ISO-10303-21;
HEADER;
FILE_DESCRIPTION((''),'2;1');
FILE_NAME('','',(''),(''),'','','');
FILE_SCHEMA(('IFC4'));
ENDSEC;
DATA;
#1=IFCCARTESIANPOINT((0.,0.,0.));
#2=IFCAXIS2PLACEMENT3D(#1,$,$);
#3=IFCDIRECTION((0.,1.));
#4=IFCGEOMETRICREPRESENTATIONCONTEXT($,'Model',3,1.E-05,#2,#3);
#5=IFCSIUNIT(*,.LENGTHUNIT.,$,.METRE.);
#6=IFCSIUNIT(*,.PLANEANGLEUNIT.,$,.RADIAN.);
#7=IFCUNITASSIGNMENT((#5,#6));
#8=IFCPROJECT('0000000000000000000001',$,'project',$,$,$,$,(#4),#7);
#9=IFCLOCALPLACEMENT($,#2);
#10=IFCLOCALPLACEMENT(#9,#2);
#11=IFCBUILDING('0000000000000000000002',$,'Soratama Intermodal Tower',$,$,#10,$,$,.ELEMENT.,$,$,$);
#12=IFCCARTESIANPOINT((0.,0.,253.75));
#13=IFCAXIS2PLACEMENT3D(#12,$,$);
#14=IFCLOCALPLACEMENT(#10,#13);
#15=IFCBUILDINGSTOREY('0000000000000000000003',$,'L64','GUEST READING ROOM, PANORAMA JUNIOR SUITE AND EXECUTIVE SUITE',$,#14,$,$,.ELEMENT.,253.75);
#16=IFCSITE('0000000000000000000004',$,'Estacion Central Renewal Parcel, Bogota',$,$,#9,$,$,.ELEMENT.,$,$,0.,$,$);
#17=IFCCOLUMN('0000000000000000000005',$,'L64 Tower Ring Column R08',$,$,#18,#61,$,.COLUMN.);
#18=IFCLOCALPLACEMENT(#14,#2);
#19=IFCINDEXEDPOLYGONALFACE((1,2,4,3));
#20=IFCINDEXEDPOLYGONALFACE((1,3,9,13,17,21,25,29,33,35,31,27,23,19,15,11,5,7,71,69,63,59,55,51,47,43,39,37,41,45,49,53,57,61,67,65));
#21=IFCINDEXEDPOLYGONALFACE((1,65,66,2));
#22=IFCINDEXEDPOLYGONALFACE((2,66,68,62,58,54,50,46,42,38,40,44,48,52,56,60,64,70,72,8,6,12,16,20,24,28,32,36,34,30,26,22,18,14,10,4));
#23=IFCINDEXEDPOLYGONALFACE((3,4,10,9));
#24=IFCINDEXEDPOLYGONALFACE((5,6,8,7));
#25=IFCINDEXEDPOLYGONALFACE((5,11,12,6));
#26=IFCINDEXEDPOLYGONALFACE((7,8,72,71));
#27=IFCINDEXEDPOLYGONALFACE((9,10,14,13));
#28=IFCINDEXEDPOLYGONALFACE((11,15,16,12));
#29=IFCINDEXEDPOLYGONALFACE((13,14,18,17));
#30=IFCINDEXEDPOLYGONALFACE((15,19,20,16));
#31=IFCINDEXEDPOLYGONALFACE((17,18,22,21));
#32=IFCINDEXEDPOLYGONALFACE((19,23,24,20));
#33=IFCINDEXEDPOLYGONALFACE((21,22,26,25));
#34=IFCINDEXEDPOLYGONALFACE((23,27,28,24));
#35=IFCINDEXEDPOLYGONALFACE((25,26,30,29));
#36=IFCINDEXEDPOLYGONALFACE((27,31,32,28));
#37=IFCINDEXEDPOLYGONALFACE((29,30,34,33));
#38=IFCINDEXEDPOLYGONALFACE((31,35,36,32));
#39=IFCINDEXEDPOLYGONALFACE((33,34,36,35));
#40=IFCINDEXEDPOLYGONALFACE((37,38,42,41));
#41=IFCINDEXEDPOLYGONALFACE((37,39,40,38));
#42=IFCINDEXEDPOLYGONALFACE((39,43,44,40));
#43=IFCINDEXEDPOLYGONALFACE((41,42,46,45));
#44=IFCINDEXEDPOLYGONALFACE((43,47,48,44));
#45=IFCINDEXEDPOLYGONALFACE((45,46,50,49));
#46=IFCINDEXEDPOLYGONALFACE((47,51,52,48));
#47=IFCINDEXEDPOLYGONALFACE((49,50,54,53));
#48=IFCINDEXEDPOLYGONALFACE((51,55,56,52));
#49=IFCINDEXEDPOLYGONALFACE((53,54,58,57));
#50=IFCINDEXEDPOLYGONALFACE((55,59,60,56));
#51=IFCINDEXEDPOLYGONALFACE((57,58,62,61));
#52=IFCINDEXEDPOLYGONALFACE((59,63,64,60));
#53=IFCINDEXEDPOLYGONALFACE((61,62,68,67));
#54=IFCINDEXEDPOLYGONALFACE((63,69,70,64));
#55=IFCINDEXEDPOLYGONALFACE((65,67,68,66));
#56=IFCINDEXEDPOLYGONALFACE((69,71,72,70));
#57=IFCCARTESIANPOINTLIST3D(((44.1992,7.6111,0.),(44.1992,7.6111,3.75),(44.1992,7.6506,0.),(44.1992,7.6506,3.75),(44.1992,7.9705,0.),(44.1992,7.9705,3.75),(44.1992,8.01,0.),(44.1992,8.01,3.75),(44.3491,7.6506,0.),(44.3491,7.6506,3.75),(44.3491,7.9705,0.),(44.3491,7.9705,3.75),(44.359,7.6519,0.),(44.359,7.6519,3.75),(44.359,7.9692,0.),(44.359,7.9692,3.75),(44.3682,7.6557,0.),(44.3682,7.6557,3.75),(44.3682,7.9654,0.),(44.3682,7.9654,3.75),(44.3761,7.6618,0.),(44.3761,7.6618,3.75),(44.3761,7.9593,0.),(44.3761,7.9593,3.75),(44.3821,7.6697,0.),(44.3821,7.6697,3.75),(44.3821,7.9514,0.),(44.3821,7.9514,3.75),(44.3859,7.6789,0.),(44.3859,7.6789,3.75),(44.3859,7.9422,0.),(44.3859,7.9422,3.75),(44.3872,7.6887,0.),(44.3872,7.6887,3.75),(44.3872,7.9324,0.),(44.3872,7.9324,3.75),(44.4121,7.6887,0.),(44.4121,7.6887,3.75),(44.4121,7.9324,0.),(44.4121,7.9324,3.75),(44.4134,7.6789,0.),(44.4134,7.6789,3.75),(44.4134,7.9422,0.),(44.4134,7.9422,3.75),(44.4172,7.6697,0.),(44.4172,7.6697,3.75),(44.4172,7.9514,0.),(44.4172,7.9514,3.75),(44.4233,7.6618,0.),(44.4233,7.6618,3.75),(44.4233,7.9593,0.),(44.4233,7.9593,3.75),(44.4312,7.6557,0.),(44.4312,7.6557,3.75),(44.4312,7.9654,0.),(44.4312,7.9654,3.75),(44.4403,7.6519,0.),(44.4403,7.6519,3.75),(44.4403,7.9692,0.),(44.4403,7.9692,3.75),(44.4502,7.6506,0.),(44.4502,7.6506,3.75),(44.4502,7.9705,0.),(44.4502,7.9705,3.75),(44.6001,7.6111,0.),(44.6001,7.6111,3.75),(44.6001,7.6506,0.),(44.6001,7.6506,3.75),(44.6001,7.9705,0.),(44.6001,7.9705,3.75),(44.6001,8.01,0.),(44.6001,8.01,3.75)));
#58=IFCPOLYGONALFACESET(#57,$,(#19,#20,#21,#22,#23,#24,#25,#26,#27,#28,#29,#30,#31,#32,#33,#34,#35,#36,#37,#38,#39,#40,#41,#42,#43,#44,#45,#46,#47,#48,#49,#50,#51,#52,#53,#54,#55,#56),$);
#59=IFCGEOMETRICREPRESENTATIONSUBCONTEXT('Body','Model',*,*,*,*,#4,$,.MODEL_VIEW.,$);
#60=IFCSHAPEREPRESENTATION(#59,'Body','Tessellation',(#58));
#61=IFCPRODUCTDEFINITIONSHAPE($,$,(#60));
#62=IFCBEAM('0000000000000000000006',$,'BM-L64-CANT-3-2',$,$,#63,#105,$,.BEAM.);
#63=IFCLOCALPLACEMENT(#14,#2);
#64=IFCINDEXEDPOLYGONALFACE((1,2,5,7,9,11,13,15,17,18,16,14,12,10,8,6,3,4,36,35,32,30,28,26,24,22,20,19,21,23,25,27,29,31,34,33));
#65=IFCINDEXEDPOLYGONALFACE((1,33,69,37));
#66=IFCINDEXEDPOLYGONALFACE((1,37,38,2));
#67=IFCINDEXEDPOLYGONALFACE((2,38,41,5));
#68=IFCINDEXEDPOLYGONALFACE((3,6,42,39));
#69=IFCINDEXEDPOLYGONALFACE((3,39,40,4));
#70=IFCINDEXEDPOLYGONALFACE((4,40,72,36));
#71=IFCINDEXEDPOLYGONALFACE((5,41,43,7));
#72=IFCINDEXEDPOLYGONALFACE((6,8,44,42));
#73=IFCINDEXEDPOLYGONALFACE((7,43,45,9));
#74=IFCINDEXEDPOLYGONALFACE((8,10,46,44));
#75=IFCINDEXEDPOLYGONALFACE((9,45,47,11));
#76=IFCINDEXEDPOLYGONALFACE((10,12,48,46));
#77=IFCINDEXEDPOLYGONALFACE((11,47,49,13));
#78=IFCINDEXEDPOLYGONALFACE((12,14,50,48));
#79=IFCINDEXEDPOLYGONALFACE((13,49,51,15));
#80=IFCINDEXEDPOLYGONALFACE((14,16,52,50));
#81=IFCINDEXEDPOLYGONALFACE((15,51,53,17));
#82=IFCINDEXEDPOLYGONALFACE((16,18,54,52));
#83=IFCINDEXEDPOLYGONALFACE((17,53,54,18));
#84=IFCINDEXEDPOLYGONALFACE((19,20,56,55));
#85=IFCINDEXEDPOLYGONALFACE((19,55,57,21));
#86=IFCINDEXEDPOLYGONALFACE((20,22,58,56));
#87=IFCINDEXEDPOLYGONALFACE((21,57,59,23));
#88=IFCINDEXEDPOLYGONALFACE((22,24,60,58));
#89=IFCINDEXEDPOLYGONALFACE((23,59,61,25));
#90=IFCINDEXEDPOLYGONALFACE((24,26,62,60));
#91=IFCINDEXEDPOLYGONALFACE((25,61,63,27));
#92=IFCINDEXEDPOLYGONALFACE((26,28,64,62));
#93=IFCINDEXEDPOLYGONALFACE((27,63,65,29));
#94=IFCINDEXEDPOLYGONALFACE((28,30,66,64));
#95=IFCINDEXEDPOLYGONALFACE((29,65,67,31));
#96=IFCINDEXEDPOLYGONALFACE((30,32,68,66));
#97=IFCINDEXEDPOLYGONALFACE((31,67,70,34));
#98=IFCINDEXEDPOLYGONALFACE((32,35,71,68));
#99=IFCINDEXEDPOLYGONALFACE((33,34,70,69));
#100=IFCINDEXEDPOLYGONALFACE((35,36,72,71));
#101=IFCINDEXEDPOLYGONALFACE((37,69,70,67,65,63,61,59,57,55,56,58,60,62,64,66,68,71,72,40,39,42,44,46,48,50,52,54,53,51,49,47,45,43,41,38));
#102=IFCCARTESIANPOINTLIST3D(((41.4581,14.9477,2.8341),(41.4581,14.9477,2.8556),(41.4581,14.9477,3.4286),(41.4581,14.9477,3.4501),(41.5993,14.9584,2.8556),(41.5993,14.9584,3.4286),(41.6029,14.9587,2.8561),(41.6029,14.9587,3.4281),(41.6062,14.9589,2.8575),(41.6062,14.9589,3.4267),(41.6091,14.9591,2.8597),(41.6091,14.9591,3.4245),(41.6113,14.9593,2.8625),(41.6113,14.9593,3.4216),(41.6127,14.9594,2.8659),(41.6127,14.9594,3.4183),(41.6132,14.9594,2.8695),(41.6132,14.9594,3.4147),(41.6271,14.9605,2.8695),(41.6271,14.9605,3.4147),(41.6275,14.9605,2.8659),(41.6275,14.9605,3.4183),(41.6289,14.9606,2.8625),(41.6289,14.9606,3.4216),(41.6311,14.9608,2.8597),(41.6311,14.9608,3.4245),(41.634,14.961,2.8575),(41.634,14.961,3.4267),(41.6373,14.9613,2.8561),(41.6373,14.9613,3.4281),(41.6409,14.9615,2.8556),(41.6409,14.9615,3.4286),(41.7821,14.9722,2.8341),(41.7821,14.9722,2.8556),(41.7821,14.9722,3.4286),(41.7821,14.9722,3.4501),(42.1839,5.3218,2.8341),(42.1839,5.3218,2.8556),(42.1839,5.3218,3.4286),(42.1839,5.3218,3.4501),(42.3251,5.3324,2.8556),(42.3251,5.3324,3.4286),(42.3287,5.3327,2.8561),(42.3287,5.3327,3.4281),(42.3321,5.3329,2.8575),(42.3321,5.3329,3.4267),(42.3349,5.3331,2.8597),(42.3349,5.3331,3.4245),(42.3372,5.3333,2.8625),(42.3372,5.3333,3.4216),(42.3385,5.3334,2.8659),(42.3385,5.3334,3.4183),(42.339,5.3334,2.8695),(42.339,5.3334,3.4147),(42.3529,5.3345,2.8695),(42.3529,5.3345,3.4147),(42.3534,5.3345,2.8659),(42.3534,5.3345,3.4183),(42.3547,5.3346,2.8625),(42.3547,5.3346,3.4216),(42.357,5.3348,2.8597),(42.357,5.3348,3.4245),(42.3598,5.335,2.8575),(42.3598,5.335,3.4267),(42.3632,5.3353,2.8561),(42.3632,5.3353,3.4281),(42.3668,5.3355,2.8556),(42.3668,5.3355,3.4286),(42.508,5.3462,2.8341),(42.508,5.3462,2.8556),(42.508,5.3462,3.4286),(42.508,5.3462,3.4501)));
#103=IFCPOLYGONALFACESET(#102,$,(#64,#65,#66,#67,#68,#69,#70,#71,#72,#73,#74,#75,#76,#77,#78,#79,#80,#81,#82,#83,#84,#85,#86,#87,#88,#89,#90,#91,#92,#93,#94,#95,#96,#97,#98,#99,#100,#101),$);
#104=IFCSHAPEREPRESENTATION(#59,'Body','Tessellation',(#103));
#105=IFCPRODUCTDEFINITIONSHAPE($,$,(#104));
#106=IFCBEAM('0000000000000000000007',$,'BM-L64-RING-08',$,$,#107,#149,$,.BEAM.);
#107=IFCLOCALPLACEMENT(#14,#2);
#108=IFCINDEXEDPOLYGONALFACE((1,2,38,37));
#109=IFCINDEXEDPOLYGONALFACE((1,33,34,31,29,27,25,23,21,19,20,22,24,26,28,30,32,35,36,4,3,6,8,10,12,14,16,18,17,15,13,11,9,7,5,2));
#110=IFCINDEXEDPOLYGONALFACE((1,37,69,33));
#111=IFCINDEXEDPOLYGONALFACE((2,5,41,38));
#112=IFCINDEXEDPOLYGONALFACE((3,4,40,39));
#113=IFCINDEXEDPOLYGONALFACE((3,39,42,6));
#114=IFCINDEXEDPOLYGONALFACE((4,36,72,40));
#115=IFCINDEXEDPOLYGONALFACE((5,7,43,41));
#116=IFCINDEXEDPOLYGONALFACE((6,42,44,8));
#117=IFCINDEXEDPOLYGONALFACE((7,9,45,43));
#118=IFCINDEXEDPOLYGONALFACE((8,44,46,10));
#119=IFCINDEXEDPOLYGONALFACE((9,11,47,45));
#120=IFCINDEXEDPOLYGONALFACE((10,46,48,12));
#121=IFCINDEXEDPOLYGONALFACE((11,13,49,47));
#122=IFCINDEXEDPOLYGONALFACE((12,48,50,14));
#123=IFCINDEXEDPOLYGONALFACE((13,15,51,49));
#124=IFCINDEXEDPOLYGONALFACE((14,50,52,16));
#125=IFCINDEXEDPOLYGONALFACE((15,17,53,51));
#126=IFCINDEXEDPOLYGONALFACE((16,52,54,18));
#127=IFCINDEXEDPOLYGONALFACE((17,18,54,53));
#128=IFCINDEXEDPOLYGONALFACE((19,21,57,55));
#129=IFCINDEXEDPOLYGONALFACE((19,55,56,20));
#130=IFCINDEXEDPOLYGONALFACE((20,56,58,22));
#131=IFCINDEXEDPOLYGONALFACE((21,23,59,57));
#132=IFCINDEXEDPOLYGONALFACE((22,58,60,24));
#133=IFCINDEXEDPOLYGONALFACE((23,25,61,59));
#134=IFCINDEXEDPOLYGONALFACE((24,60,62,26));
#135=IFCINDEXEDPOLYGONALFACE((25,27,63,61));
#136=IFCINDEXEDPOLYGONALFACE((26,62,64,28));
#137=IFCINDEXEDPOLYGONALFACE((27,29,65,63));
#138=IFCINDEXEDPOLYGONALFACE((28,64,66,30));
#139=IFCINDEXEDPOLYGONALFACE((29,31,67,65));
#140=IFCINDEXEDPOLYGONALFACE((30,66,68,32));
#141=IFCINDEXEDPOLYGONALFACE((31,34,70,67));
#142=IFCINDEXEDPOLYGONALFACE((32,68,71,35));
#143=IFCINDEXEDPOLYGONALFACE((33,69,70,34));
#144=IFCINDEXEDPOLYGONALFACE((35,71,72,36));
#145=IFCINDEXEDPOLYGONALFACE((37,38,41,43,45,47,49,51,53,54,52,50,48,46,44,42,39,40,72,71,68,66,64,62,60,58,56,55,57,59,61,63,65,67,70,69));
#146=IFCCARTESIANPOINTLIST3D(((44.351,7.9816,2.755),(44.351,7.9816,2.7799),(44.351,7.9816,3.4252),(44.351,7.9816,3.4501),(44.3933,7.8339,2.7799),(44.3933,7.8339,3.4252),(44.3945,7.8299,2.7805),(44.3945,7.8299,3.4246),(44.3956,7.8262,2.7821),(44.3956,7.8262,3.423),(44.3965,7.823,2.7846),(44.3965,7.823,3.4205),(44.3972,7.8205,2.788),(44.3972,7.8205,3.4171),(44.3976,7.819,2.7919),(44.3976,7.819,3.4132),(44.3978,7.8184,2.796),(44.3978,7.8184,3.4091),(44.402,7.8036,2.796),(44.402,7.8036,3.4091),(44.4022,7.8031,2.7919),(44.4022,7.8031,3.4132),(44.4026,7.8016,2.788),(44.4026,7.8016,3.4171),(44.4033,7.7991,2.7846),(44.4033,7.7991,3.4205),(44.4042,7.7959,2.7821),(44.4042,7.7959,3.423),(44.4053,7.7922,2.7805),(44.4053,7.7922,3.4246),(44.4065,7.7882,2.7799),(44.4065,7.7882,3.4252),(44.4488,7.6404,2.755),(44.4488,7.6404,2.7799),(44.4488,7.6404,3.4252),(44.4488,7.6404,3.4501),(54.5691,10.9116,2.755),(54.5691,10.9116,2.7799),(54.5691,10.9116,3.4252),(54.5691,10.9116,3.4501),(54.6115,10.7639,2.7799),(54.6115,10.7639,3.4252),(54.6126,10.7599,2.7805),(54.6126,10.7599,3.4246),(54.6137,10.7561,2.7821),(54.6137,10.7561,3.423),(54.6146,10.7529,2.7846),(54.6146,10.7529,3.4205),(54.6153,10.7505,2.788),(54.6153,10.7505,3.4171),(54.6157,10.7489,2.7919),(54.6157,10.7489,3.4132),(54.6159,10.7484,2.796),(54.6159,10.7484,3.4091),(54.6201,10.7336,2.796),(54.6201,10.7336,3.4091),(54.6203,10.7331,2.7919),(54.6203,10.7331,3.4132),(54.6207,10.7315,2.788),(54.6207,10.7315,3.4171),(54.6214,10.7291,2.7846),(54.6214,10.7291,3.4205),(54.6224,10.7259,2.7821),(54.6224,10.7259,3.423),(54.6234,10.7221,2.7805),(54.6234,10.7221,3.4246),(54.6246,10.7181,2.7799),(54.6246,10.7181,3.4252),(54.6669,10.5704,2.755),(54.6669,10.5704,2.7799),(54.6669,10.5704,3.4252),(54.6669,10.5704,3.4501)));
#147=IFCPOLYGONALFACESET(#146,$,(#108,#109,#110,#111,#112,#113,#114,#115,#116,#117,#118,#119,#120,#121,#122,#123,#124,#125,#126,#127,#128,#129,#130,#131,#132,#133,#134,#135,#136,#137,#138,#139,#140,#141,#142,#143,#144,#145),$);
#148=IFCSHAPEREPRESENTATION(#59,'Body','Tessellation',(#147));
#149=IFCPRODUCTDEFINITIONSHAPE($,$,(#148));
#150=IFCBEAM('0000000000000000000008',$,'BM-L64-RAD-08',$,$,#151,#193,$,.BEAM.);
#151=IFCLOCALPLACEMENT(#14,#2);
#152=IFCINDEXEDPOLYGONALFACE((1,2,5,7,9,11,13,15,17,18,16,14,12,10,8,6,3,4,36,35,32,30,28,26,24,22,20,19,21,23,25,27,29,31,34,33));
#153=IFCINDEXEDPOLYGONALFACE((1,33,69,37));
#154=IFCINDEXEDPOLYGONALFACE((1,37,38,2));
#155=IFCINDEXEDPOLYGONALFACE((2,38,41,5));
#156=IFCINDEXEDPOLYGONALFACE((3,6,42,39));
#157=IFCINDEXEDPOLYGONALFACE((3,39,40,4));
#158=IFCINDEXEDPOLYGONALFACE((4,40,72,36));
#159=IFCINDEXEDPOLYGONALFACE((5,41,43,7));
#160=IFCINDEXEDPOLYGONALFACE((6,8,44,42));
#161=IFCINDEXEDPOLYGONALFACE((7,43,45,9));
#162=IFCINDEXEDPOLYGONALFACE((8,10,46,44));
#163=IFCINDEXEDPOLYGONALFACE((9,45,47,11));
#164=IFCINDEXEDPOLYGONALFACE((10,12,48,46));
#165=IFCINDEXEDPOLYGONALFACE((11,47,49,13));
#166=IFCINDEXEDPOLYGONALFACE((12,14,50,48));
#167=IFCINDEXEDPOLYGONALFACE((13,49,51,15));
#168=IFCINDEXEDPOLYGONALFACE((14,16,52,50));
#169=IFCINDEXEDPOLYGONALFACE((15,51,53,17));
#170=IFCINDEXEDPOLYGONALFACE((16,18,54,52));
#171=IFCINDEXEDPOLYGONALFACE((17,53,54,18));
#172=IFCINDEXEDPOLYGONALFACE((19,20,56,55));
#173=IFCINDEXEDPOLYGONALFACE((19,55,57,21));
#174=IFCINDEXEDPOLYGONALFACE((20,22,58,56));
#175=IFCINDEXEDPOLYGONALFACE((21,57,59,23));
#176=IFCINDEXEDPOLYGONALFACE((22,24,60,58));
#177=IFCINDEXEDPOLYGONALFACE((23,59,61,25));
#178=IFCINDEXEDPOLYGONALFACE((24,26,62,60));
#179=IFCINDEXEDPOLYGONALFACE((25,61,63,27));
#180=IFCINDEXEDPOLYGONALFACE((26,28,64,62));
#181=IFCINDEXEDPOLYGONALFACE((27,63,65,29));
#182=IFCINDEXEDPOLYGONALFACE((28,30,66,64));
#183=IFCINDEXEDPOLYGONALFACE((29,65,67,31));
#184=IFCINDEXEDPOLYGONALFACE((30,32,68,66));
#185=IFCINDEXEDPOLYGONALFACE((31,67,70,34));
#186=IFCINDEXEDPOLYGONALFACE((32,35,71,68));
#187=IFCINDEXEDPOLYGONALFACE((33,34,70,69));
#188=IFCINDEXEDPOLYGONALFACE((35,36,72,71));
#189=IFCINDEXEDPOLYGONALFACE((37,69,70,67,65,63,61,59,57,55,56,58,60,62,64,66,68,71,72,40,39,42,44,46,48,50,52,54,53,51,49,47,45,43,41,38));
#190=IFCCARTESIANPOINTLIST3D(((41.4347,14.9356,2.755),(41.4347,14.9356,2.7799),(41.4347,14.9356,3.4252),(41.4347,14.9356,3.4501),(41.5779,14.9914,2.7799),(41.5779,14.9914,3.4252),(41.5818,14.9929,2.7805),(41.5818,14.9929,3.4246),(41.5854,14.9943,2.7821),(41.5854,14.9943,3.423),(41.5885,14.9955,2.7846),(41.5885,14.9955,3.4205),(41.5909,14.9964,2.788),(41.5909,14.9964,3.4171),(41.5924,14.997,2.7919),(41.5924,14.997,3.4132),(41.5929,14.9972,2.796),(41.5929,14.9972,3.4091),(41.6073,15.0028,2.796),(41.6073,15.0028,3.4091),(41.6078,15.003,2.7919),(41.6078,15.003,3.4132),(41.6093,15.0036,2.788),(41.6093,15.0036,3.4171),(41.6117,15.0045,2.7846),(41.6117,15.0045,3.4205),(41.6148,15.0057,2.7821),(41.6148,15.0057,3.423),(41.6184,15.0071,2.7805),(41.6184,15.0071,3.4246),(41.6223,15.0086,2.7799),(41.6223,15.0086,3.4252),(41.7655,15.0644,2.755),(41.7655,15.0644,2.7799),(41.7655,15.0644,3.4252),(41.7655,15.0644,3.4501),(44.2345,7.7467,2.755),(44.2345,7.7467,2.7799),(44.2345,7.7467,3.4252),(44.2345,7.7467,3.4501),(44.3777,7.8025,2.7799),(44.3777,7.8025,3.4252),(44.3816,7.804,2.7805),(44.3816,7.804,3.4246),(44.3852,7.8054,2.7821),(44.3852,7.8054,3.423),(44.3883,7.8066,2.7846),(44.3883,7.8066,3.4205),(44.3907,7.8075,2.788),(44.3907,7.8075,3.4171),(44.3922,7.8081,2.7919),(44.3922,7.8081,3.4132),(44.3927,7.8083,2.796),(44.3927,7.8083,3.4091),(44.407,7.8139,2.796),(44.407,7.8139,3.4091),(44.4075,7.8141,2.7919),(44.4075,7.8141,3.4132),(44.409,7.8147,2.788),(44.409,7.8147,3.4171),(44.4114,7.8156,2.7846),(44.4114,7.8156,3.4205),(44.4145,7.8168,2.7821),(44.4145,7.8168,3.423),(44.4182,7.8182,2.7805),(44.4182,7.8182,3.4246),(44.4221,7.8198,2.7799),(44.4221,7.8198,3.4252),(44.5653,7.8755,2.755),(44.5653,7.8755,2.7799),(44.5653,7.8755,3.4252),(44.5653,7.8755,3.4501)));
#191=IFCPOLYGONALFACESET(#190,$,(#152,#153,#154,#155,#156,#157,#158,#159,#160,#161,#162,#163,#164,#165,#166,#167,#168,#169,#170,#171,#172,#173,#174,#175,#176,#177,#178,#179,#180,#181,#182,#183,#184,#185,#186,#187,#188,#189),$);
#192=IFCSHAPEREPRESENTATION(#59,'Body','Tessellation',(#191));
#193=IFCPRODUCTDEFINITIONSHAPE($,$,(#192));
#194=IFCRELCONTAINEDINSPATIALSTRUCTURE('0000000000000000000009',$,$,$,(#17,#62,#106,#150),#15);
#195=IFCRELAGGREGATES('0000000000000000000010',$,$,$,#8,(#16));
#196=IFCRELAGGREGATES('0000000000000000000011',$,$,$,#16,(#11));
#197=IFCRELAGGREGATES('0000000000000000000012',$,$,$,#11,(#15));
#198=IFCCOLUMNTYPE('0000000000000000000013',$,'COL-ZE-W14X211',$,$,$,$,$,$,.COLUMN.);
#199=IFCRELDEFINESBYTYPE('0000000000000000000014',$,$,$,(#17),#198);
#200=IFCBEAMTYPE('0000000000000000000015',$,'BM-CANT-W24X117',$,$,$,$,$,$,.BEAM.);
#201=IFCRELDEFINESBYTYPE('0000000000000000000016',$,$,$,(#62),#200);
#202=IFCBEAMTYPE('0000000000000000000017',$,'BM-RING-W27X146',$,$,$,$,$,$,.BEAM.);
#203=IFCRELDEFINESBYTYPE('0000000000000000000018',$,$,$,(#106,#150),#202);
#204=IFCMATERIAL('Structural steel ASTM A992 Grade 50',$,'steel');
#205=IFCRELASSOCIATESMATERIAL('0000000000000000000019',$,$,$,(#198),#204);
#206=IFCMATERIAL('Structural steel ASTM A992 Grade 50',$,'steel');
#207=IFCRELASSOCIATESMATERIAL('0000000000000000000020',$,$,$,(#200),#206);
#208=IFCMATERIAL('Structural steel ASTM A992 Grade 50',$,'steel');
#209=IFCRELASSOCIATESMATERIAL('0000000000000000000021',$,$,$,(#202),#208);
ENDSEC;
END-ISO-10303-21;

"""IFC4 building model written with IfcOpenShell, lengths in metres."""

from ifc_helpers import new_model, si_unit, direction, frame, origin, origin_2d, place, context, subcontext, project, spatial, i_section, extrude, material, material_profile, profile_set, type_object, element, save


model = new_model("IFC4")

# Units and contexts
model_context = context("Model", 3, precision=1e-05, world=origin(), true_north=direction((0.0, 1.0)))
body_context = subcontext(model_context, "Body", "Model", "MODEL_VIEW")
ifc_project = project(units=[si_unit("LENGTHUNIT", "METRE"), si_unit("PLANEANGLEUNIT", "RADIAN")], contexts=[model_context])

# Site, building, storey
site_placement = place(None, origin())
site = spatial("IfcSite", under=ifc_project, at=site_placement, Name="Estacion Central Renewal Parcel, Bogota", CompositionType="ELEMENT", RefElevation=0.0)
building_placement = place(site_placement, origin())
building = spatial("IfcBuilding", under=site, at=building_placement, Name="Soratama Intermodal Tower", CompositionType="ELEMENT")
storey_placement = place(building_placement, frame((0.0, 0.0, 253.75)))
storey = spatial("IfcBuildingStorey", under=building, at=storey_placement, Name="L64", Description="GUEST READING ROOM, PANORAMA JUNIOR SUITE AND EXECUTIVE SUITE", CompositionType="ELEMENT", Elevation=253.75)

# Column
ifc_material_1 = material(Name="Structural steel ASTM A992 Grade 50", Category="steel")
ifc_material_profile_1 = material_profile(ifc_material_1, i_section(OverallWidth=0.4009, OverallDepth=0.3989, WebThickness=0.0249, FlangeThickness=0.0396, FilletRadius=0.0381, at=origin_2d()), Name="W14X211")
ifc_profile_set_1 = profile_set([ifc_material_profile_1], Name="Structural steel ASTM A992 Grade 50")
column_type = type_object("IfcColumnType", Name="COL-ZE-W14X211", PredefinedType="COLUMN", material=ifc_profile_set_1)
column_placement = place(storey_placement, frame((44.3997, 7.8105, 0.0), z_axis=(0.0, 0.0, 1.0), x_axis=(1.0, 0.0, 0.0)))
element("IfcColumn", 1, at=column_placement, inside=storey, type_object=column_type, Name="L64 Tower Ring Column R08", PredefinedType="COLUMN", context=body_context, shape_type="SweptSolid", body=[
    extrude(i_section(OverallWidth=0.4009, OverallDepth=0.3989, WebThickness=0.0249, FlangeThickness=0.0396, FilletRadius=0.0381, at=origin_2d()), origin(), (0.0, 0.0, 1.0), 3.75),
])

# Beams
ifc_material_2 = material(Name="Structural steel ASTM A992 Grade 50", Category="steel")
ifc_material_profile_2 = material_profile(ifc_material_2, i_section(OverallWidth=0.325, OverallDepth=0.616, WebThickness=0.0139, FlangeThickness=0.0215, FilletRadius=0.0139, at=origin_2d()), Name="W24X117")
ifc_profile_set_2 = profile_set([ifc_material_profile_2], Name="Structural steel ASTM A992 Grade 50")
beam_type_1 = type_object("IfcBeamType", Name="BM-CANT-W24X117", PredefinedType="BEAM", material=ifc_profile_set_2)
beam_1_placement = place(storey_placement, frame((41.6201, 14.96, 3.1421), z_axis=(0.07519, -0.997169, 0.0), x_axis=(0.997169, 0.07519, 0.0)))
element("IfcBeam", 2, at=beam_1_placement, inside=storey, type_object=beam_type_1, Name="BM-L64-CANT-3-2", PredefinedType="BEAM", context=body_context, shape_type="SweptSolid", body=[
    extrude(i_section(OverallWidth=0.325, OverallDepth=0.616, WebThickness=0.0139, FlangeThickness=0.0215, FilletRadius=0.0139, at=origin_2d()), origin(), (0.0, 0.0, 1.0), 9.6533),
])
ifc_material_3 = material(Name="Structural steel ASTM A992 Grade 50", Category="steel")
ifc_material_profile_3 = material_profile(ifc_material_3, i_section(OverallWidth=0.355, OverallDepth=0.6951, WebThickness=0.0154, FlangeThickness=0.0249, FilletRadius=0.0161, at=origin_2d()), Name="W27X146")
ifc_profile_set_3 = profile_set([ifc_material_profile_3], Name="Structural steel ASTM A992 Grade 50")
beam_type_2 = type_object("IfcBeamType", Name="BM-RING-W27X146", PredefinedType="BEAM", material=ifc_profile_set_3)
beam_2_placement = place(storey_placement, frame((44.3999, 7.811, 3.1025), z_axis=(0.961263, 0.275634, 0.0), x_axis=(-0.275634, 0.961263, 0.0)))
element("IfcBeam", 3, at=beam_2_placement, inside=storey, type_object=beam_type_2, Name="BM-L64-RING-08", PredefinedType="BEAM", context=body_context, shape_type="SweptSolid", body=[
    extrude(i_section(OverallWidth=0.355, OverallDepth=0.6951, WebThickness=0.0154, FlangeThickness=0.0249, FilletRadius=0.0161, at=origin_2d()), origin(), (0.0, 0.0, 1.0), 10.6299),
])
beam_3_placement = place(storey_placement, frame((41.6001, 15.0, 3.1025), z_axis=(0.362907, -0.931825, 0.0), x_axis=(0.931825, 0.362907, 0.0)))
element("IfcBeam", 4, at=beam_3_placement, inside=storey, type_object=beam_type_2, Name="BM-L64-RAD-08", PredefinedType="BEAM", context=body_context, shape_type="SweptSolid", body=[
    extrude(i_section(OverallWidth=0.355, OverallDepth=0.6951, WebThickness=0.0154, FlangeThickness=0.0249, FilletRadius=0.0161, at=origin_2d()), origin(), (0.0, 0.0, 1.0), 7.7148),
])

save(model, "model.ifc")
